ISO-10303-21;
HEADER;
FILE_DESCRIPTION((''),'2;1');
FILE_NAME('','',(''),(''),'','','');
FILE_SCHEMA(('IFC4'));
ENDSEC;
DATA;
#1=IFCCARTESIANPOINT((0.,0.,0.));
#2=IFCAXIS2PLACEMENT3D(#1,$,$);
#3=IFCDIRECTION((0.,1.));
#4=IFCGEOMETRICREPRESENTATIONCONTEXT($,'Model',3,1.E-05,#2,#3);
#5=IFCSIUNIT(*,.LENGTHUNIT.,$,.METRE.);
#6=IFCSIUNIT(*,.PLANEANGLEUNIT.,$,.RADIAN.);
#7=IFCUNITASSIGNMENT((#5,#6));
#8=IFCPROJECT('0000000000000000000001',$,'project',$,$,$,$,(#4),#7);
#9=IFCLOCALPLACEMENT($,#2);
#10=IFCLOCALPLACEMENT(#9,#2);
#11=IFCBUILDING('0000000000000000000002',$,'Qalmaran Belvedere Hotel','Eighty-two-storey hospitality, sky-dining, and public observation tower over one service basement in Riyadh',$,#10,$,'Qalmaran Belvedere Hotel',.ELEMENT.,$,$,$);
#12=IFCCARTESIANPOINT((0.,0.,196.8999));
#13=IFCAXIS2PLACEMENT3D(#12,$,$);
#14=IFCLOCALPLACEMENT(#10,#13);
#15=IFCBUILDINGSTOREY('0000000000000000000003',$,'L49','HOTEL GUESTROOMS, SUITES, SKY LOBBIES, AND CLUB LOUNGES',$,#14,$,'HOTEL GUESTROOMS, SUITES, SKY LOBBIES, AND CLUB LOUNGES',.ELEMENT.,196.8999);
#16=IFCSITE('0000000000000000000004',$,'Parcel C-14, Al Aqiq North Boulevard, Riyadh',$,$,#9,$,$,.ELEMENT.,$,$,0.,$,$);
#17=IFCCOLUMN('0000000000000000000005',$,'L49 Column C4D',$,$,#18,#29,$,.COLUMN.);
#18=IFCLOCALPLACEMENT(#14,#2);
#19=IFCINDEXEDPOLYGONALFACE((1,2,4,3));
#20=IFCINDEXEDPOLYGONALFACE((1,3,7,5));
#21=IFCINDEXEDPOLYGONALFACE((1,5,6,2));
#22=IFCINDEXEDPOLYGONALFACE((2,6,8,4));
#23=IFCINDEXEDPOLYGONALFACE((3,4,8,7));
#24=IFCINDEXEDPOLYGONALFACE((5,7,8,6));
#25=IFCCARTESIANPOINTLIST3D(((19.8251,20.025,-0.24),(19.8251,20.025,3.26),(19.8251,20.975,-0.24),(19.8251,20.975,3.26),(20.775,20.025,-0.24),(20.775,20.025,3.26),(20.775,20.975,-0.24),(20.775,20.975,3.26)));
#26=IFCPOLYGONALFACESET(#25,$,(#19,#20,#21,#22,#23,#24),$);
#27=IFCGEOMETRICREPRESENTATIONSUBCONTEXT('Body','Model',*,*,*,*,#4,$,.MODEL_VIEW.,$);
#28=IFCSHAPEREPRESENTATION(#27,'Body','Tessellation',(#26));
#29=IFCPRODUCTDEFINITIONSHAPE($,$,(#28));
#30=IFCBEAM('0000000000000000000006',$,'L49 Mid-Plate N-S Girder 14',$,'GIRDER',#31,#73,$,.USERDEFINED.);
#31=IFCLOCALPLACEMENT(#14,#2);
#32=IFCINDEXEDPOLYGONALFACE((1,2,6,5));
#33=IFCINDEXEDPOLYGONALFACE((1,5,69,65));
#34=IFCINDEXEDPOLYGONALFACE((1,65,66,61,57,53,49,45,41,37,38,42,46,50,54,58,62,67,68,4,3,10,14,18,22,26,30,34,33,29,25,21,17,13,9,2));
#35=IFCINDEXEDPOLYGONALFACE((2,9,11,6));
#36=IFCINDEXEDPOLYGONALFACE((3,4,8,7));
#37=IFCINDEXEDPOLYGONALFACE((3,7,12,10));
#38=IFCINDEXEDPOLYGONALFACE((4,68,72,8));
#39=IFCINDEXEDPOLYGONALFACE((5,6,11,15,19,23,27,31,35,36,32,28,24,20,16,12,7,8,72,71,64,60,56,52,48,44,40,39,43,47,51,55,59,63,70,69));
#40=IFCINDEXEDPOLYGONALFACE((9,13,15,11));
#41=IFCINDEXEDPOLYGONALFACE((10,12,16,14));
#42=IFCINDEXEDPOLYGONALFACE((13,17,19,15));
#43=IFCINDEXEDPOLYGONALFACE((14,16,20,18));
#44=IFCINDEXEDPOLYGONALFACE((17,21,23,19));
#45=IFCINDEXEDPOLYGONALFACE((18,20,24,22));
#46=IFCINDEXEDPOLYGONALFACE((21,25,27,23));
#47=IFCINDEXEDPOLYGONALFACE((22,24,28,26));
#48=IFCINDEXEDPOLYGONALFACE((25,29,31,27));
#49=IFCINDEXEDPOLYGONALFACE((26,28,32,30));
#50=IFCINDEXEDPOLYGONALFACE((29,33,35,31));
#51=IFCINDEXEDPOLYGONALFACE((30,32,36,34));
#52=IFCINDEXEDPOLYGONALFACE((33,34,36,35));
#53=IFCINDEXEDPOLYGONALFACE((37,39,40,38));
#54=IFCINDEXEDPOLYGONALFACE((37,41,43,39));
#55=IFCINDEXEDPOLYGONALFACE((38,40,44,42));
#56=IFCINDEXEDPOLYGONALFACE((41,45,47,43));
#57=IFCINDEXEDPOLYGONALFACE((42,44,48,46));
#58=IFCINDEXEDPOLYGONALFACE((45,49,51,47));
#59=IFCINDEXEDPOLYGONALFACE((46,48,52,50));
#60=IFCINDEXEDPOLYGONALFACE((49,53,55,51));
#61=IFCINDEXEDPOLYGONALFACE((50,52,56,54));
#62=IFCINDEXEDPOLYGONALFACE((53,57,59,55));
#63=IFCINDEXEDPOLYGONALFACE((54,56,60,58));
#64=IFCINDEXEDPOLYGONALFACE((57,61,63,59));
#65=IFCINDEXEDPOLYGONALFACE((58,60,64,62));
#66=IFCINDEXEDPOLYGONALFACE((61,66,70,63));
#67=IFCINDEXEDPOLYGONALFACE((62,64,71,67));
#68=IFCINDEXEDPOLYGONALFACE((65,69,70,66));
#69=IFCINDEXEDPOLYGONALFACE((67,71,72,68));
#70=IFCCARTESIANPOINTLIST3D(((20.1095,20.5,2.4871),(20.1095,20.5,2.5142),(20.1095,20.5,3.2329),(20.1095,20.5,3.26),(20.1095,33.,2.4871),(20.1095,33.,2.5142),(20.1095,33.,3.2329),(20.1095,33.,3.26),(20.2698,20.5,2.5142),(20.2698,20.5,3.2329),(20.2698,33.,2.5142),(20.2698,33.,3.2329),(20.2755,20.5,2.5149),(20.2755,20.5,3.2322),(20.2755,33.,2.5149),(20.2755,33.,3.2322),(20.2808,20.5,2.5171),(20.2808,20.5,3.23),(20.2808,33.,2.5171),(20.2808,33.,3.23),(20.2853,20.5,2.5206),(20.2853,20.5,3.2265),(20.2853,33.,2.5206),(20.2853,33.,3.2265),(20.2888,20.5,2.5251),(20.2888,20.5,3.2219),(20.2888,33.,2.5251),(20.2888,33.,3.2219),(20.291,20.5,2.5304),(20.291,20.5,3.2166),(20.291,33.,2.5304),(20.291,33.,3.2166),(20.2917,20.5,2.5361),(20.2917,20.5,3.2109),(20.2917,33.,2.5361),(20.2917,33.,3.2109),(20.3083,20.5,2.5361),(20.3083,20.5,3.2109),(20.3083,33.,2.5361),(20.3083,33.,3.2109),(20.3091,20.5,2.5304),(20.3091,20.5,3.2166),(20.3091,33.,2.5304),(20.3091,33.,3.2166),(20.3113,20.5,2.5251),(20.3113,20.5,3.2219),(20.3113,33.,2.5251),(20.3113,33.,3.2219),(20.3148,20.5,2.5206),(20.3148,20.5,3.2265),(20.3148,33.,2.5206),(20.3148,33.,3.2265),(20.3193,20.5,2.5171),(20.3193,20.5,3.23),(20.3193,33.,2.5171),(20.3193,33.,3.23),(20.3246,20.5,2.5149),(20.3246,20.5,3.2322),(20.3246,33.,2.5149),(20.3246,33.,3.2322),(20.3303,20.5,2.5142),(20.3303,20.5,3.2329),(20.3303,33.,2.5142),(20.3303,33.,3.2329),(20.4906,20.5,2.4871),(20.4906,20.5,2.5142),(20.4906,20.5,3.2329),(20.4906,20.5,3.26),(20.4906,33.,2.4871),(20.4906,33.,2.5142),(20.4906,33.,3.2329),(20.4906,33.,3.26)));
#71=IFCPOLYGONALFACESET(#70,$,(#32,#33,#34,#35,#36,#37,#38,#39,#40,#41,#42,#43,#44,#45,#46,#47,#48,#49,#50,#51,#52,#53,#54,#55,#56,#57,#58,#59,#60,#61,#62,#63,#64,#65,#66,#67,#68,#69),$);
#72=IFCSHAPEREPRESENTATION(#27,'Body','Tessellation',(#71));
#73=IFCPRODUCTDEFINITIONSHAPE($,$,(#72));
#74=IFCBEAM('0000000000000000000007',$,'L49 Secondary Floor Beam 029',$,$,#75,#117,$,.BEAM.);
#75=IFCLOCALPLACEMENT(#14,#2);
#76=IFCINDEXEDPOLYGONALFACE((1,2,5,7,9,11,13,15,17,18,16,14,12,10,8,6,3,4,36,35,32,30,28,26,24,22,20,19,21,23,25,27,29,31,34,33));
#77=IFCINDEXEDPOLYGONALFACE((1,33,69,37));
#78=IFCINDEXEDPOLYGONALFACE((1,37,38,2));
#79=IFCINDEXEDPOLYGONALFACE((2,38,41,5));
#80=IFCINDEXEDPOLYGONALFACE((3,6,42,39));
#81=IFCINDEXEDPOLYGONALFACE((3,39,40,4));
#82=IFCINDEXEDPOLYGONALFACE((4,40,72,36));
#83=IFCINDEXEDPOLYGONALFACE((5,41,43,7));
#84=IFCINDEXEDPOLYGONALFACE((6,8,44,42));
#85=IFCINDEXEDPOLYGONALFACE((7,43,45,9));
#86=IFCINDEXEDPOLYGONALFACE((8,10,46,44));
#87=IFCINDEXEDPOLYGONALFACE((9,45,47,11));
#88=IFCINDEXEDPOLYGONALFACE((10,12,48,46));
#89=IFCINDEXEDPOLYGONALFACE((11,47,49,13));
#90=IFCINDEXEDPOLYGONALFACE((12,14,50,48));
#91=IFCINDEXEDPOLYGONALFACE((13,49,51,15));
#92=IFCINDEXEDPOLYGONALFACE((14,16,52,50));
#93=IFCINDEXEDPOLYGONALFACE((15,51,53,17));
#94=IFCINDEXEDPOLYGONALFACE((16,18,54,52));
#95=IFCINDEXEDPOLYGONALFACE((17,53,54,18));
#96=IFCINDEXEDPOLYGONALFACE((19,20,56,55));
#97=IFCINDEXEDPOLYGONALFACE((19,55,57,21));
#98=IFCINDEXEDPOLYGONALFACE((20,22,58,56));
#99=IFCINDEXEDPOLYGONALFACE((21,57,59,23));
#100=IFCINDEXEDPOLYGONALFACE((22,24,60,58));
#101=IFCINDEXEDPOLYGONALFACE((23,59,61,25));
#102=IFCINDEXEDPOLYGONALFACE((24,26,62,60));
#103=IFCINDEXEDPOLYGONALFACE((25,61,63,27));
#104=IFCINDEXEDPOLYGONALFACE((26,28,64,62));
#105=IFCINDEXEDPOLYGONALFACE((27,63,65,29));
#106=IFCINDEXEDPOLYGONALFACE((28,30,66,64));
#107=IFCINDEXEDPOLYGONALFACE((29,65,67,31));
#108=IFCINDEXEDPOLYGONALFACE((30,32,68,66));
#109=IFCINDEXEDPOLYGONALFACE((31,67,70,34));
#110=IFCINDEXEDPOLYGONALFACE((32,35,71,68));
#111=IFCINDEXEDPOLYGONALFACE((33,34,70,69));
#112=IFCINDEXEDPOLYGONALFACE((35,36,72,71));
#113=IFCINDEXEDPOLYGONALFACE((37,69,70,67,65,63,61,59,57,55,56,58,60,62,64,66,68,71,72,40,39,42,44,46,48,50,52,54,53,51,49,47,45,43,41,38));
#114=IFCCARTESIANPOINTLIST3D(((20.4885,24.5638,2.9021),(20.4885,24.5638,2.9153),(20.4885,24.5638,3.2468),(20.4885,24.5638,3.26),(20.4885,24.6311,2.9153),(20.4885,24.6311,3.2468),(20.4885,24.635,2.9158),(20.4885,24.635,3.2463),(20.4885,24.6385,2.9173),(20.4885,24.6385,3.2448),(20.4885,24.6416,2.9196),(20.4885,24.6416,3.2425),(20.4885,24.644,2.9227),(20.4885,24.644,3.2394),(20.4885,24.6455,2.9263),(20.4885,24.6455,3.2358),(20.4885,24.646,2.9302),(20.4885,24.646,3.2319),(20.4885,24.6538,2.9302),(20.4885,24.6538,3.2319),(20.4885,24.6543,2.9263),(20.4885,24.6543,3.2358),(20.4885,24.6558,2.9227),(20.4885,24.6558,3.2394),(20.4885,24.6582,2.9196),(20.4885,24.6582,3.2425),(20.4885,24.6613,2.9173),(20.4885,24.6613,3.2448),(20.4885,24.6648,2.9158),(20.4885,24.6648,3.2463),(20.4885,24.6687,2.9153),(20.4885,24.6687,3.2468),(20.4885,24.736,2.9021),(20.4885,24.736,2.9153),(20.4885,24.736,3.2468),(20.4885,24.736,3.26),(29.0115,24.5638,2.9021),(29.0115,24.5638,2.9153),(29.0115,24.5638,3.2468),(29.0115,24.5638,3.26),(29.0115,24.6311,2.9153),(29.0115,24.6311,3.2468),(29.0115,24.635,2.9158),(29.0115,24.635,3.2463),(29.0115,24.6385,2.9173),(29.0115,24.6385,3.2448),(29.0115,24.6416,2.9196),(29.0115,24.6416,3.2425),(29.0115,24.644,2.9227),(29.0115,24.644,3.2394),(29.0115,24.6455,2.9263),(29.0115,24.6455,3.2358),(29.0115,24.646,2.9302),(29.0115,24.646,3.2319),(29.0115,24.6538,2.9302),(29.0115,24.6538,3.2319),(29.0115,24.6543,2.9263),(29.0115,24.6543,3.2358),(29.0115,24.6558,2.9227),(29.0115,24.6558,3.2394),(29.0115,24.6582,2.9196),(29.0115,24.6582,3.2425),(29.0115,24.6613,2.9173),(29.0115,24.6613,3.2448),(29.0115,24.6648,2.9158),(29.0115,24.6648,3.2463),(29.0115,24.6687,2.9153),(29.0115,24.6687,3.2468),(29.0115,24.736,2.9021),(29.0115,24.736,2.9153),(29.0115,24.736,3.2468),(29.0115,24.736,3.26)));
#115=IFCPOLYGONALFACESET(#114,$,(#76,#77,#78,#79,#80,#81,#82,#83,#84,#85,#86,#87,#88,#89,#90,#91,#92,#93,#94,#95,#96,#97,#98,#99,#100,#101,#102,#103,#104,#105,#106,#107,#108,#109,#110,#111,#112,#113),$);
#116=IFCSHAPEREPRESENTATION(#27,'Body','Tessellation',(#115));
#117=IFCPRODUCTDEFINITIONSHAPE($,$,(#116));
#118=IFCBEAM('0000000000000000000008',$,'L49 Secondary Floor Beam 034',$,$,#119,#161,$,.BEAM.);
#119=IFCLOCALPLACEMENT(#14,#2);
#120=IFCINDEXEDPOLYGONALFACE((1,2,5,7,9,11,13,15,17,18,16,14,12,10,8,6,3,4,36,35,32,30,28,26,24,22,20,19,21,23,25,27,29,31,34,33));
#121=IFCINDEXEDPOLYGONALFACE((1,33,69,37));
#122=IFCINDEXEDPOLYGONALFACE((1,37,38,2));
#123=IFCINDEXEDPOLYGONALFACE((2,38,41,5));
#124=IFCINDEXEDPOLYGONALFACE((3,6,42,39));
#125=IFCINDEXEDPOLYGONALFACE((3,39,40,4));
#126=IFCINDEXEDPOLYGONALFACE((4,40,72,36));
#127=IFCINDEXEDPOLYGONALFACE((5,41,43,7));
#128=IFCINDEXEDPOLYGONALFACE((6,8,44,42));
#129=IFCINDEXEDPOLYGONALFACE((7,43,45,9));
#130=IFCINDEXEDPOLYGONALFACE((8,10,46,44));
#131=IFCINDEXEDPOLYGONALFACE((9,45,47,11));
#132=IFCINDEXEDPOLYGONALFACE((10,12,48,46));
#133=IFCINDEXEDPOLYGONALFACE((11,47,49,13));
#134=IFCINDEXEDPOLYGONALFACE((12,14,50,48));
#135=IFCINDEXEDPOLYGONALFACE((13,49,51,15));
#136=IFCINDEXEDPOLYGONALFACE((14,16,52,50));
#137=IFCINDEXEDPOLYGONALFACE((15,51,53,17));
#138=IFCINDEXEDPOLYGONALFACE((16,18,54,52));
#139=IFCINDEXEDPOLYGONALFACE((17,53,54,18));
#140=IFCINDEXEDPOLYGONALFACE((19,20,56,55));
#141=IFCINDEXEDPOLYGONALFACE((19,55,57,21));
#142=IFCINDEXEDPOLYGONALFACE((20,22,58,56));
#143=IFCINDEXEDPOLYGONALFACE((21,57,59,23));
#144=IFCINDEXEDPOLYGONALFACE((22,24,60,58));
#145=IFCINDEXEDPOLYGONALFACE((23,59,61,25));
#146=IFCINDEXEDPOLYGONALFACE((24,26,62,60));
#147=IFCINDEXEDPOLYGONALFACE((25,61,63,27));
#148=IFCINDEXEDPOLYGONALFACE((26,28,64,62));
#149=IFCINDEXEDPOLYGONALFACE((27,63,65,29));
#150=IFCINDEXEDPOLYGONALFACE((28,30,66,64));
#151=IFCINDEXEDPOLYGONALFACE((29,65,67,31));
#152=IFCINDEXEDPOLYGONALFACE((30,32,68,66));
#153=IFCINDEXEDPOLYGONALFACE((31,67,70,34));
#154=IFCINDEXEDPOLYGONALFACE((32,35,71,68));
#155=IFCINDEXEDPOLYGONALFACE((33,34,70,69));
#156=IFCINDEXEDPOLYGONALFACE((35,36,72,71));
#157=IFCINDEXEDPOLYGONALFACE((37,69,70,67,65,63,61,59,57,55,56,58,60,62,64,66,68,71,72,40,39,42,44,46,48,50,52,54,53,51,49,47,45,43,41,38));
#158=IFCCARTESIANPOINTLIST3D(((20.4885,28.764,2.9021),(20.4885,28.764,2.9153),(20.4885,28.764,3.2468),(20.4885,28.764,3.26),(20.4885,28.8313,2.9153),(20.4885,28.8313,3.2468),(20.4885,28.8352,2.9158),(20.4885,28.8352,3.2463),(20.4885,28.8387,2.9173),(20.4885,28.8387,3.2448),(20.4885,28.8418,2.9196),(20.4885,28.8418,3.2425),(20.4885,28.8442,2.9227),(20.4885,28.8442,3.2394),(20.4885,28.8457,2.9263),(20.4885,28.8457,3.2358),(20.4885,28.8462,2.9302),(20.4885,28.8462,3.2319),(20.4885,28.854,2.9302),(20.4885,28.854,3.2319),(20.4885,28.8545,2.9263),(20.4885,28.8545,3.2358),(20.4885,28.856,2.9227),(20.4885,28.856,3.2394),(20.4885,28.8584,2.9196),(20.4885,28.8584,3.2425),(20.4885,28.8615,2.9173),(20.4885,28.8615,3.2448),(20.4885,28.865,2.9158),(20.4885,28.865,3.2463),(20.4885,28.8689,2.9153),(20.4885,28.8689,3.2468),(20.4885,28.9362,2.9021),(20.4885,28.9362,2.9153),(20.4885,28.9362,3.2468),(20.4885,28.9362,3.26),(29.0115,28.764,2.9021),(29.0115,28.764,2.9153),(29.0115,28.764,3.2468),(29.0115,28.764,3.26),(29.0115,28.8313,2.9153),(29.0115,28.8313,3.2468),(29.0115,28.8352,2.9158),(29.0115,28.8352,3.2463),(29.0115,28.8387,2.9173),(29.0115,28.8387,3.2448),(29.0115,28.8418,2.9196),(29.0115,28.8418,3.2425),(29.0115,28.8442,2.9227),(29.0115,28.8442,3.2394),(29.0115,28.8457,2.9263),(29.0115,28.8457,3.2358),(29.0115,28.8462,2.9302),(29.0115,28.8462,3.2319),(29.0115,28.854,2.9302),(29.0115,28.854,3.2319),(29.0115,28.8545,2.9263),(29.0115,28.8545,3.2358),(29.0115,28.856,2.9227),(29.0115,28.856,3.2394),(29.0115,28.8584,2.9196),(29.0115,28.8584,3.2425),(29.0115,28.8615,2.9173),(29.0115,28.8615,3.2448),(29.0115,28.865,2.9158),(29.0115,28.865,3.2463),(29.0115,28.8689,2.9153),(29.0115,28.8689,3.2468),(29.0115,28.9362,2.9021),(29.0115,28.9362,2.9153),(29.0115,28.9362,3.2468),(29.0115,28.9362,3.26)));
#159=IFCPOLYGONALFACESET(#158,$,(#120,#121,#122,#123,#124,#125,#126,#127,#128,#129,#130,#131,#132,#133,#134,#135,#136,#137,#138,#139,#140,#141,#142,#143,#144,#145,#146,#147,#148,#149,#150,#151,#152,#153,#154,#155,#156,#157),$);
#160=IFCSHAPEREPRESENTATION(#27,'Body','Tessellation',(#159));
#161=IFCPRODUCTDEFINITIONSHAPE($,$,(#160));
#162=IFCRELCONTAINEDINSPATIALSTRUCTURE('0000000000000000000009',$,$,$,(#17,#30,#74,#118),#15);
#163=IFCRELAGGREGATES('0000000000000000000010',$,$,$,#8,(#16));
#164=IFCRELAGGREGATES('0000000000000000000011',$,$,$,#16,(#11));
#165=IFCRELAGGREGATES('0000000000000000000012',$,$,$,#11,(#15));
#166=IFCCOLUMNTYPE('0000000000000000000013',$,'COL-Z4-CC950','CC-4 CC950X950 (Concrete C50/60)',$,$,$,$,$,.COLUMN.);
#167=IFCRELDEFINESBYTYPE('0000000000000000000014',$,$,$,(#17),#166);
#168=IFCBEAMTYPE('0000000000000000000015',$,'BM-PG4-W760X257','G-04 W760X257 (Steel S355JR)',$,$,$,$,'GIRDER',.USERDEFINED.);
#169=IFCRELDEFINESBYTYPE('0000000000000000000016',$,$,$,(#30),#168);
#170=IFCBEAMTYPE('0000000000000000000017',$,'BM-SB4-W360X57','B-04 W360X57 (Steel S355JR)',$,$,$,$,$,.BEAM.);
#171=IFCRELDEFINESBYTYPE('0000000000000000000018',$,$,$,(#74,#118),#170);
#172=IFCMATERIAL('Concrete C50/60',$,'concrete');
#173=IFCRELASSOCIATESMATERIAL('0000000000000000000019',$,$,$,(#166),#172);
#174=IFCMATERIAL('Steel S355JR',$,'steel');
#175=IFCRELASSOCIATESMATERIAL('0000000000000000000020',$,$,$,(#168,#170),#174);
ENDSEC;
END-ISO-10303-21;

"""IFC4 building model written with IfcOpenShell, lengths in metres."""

from ifc_helpers import new_model, si_unit, direction, frame, origin, origin_2d, place, context, subcontext, project, spatial, rectangle, i_section, extrude, material, material_profile, profile_set, type_object, element, save


model = new_model("IFC4")

# Units and contexts
model_context = context("Model", 3, precision=1e-05, world=origin(), true_north=direction((0.0, 1.0)))
body_context = subcontext(model_context, "Body", "Model", "MODEL_VIEW")
ifc_project = project(units=[si_unit("LENGTHUNIT", "METRE"), si_unit("PLANEANGLEUNIT", "RADIAN")], contexts=[model_context])

# Site, building, storey
site_placement = place(None, origin())
site = spatial("IfcSite", under=ifc_project, at=site_placement, Name="Parcel C-14, Al Aqiq North Boulevard, Riyadh", CompositionType="ELEMENT", RefElevation=0.0)
building_placement = place(site_placement, origin())
building = spatial("IfcBuilding", under=site, at=building_placement, Name="Qalmaran Belvedere Hotel", Description="Eighty-two-storey hospitality, sky-dining, and public observation tower over one service basement in Riyadh", LongName="Qalmaran Belvedere Hotel", CompositionType="ELEMENT")
storey_placement = place(building_placement, frame((0.0, 0.0, 196.8999)))
storey = spatial("IfcBuildingStorey", under=building, at=storey_placement, Name="L49", Description="HOTEL GUESTROOMS, SUITES, SKY LOBBIES, AND CLUB LOUNGES", LongName="HOTEL GUESTROOMS, SUITES, SKY LOBBIES, AND CLUB LOUNGES", CompositionType="ELEMENT", Elevation=196.8999)

# Column
ifc_material_1 = material(Name="Concrete C50/60", Category="concrete")
ifc_material_profile_1 = material_profile(ifc_material_1, rectangle(XDim=0.95, YDim=0.95, at=origin_2d()), Name="CC950X950")
ifc_profile_set_1 = profile_set([ifc_material_profile_1], Name="Concrete C50/60")
column_type = type_object("IfcColumnType", Name="COL-Z4-CC950", Description="CC-4 CC950X950 (Concrete C50/60)", PredefinedType="COLUMN", material=ifc_profile_set_1)
column_placement = place(storey_placement, frame((20.3, 20.5, -0.24), z_axis=(0.0, 0.0, 1.0), x_axis=(1.0, 0.0, 0.0)))
element("IfcColumn", 1, at=column_placement, inside=storey, type_object=column_type, Name="L49 Column C4D", PredefinedType="COLUMN", context=body_context, shape_type="SweptSolid", body=[
    extrude(rectangle(XDim=0.95, YDim=0.95, at=origin_2d()), origin(), (0.0, 0.0, 1.0), 3.5),
])

# Beams
ifc_material_2 = material(Name="Steel S355JR", Category="steel")
ifc_material_profile_2 = material_profile(ifc_material_2, i_section(OverallWidth=0.3811, OverallDepth=0.7729, WebThickness=0.0166, FlangeThickness=0.0271, FilletRadius=0.022, at=origin_2d()), Name="W760X257")
ifc_profile_set_2 = profile_set([ifc_material_profile_2], Name="Steel S355JR")
beam_type_1 = type_object("IfcBeamType", Name="BM-PG4-W760X257", Description="G-04 W760X257 (Steel S355JR)", ElementType="GIRDER", PredefinedType="USERDEFINED", material=ifc_profile_set_2)
beam_1_placement = place(storey_placement, frame((20.3, 20.5, 2.8735), z_axis=(0.0, 1.0, 0.0), x_axis=(-1.0, 0.0, 0.0)))
element("IfcBeam", 2, at=beam_1_placement, inside=storey, type_object=beam_type_1, Name="L49 Mid-Plate N-S Girder 14", ObjectType="GIRDER", PredefinedType="USERDEFINED", context=body_context, shape_type="SweptSolid", body=[
    extrude(i_section(OverallWidth=0.3811, OverallDepth=0.7729, WebThickness=0.0166, FlangeThickness=0.0271, FilletRadius=0.022, at=origin_2d()), origin(), (0.0, 0.0, 1.0), 12.5),
])
ifc_material_profile_3 = material_profile(ifc_material_2, i_section(OverallWidth=0.1721, OverallDepth=0.3579, WebThickness=0.0078, FlangeThickness=0.0132, FilletRadius=0.0149, at=origin_2d()), Name="W360X57")
ifc_profile_set_3 = profile_set([ifc_material_profile_3], Name="Steel S355JR")
beam_type_2 = type_object("IfcBeamType", Name="BM-SB4-W360X57", Description="B-04 W360X57 (Steel S355JR)", PredefinedType="BEAM", material=ifc_profile_set_3)
for number, where, z_axis, x_axis, name in (
    (3, (20.4885, 24.6499, 3.0811), (1.0, 0.0, 0.0), (0.0, 1.0, 0.0), "L49 Secondary Floor Beam 029"),
    (4, (20.4885, 28.8501, 3.0811), (1.0, 0.0, 0.0), (0.0, 1.0, 0.0), "L49 Secondary Floor Beam 034"),
):
    element("IfcBeam", number, at=place(storey_placement, frame(where, z_axis=z_axis, x_axis=x_axis)), inside=storey, type_object=beam_type_2, Name=name, PredefinedType="BEAM", context=body_context, shape_type="SweptSolid", body=[
        extrude(i_section(OverallWidth=0.1721, OverallDepth=0.3579, WebThickness=0.0078, FlangeThickness=0.0132, FilletRadius=0.0149, at=origin_2d()), origin(), (0.0, 0.0, 1.0), 8.5229),
    ])

save(model, "model.ifc")
